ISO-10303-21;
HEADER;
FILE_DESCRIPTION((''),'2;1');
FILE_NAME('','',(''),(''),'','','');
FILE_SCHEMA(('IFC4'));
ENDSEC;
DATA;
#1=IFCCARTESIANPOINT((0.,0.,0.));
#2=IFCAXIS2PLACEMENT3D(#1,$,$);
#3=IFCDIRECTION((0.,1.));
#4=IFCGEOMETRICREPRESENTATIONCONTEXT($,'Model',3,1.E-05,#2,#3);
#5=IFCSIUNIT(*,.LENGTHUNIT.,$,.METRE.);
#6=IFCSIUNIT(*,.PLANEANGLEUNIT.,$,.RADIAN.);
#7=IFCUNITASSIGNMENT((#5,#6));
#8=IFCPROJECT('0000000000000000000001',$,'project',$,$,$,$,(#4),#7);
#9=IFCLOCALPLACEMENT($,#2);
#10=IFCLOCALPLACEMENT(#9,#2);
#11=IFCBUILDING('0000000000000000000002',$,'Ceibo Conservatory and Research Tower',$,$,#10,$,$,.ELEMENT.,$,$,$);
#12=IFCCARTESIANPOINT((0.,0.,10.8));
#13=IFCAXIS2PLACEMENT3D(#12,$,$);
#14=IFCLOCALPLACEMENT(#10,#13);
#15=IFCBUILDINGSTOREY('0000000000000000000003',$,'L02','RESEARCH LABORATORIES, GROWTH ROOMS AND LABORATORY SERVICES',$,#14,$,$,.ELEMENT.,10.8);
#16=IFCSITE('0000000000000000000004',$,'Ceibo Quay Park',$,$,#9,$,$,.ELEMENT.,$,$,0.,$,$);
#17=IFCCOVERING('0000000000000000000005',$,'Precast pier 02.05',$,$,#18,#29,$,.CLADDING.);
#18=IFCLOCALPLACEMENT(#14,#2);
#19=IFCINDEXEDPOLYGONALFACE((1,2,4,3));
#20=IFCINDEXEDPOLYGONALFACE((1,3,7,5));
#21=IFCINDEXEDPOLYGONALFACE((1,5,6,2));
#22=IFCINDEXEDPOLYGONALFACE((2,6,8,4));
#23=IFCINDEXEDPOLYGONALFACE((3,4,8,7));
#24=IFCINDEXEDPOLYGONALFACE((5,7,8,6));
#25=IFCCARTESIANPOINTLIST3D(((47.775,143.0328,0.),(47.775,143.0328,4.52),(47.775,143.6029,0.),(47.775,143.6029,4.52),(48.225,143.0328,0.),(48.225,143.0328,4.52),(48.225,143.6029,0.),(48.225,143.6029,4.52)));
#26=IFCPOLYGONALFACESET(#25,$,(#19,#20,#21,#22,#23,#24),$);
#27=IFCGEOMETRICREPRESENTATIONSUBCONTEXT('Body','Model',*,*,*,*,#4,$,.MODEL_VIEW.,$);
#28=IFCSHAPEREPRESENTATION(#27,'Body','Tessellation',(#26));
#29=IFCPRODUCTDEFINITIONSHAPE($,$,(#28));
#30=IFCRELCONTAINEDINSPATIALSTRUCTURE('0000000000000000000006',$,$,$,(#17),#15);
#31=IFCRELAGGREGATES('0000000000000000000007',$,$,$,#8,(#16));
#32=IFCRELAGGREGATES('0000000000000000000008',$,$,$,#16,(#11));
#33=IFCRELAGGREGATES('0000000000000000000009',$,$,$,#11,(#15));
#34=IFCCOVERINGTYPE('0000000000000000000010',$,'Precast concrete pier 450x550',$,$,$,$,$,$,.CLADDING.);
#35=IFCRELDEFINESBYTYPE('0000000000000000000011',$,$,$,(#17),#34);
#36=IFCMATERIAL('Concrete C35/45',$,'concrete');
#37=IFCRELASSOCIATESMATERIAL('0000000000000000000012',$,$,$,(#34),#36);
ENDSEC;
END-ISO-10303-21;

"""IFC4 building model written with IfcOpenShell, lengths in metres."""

from ifc_helpers import new_model, si_unit, direction, frame, origin, origin_2d, place, context, subcontext, project, spatial, rectangle, extrude, material, type_object, element, save


model = new_model("IFC4")

# Units and contexts
model_context = context("Model", 3, precision=1e-05, world=origin(), true_north=direction((0.0, 1.0)))
body_context = subcontext(model_context, "Body", "Model", "MODEL_VIEW")
ifc_project = project(units=[si_unit("LENGTHUNIT", "METRE"), si_unit("PLANEANGLEUNIT", "RADIAN")], contexts=[model_context])

# Site, building, storey
site_placement = place(None, origin())
site = spatial("IfcSite", under=ifc_project, at=site_placement, Name="Ceibo Quay Park", CompositionType="ELEMENT", RefElevation=0.0)
building_placement = place(site_placement, origin())
building = spatial("IfcBuilding", under=site, at=building_placement, Name="Ceibo Conservatory and Research Tower", CompositionType="ELEMENT")
storey_placement = place(building_placement, frame((0.0, 0.0, 10.8)))
storey = spatial("IfcBuildingStorey", under=building, at=storey_placement, Name="L02", Description="RESEARCH LABORATORIES, GROWTH ROOMS AND LABORATORY SERVICES", CompositionType="ELEMENT", Elevation=10.8)

# Shared definitions
ifc_material_1 = material(Name="Concrete C35/45", Category="concrete")

# Covering
covering_type_1 = type_object("IfcCoveringType", Name="Precast concrete pier 450x550", PredefinedType="CLADDING", material=ifc_material_1)
covering_placement = place(storey_placement, frame((48.0, 143.3179, 0.0), z_axis=(0.0, 0.0, 1.0), x_axis=(0.0, 1.0, 0.0)))
element("IfcCovering", 1, at=covering_placement, inside=storey, type_object=covering_type_1, Name="Precast pier 02.05", PredefinedType="CLADDING", context=body_context, shape_type="SweptSolid", body=[
    extrude(rectangle(XDim=0.5701, YDim=0.45, at=origin_2d()), origin(), (0.0, 0.0, 1.0), 4.52),
])

save(model, "model.ifc")
